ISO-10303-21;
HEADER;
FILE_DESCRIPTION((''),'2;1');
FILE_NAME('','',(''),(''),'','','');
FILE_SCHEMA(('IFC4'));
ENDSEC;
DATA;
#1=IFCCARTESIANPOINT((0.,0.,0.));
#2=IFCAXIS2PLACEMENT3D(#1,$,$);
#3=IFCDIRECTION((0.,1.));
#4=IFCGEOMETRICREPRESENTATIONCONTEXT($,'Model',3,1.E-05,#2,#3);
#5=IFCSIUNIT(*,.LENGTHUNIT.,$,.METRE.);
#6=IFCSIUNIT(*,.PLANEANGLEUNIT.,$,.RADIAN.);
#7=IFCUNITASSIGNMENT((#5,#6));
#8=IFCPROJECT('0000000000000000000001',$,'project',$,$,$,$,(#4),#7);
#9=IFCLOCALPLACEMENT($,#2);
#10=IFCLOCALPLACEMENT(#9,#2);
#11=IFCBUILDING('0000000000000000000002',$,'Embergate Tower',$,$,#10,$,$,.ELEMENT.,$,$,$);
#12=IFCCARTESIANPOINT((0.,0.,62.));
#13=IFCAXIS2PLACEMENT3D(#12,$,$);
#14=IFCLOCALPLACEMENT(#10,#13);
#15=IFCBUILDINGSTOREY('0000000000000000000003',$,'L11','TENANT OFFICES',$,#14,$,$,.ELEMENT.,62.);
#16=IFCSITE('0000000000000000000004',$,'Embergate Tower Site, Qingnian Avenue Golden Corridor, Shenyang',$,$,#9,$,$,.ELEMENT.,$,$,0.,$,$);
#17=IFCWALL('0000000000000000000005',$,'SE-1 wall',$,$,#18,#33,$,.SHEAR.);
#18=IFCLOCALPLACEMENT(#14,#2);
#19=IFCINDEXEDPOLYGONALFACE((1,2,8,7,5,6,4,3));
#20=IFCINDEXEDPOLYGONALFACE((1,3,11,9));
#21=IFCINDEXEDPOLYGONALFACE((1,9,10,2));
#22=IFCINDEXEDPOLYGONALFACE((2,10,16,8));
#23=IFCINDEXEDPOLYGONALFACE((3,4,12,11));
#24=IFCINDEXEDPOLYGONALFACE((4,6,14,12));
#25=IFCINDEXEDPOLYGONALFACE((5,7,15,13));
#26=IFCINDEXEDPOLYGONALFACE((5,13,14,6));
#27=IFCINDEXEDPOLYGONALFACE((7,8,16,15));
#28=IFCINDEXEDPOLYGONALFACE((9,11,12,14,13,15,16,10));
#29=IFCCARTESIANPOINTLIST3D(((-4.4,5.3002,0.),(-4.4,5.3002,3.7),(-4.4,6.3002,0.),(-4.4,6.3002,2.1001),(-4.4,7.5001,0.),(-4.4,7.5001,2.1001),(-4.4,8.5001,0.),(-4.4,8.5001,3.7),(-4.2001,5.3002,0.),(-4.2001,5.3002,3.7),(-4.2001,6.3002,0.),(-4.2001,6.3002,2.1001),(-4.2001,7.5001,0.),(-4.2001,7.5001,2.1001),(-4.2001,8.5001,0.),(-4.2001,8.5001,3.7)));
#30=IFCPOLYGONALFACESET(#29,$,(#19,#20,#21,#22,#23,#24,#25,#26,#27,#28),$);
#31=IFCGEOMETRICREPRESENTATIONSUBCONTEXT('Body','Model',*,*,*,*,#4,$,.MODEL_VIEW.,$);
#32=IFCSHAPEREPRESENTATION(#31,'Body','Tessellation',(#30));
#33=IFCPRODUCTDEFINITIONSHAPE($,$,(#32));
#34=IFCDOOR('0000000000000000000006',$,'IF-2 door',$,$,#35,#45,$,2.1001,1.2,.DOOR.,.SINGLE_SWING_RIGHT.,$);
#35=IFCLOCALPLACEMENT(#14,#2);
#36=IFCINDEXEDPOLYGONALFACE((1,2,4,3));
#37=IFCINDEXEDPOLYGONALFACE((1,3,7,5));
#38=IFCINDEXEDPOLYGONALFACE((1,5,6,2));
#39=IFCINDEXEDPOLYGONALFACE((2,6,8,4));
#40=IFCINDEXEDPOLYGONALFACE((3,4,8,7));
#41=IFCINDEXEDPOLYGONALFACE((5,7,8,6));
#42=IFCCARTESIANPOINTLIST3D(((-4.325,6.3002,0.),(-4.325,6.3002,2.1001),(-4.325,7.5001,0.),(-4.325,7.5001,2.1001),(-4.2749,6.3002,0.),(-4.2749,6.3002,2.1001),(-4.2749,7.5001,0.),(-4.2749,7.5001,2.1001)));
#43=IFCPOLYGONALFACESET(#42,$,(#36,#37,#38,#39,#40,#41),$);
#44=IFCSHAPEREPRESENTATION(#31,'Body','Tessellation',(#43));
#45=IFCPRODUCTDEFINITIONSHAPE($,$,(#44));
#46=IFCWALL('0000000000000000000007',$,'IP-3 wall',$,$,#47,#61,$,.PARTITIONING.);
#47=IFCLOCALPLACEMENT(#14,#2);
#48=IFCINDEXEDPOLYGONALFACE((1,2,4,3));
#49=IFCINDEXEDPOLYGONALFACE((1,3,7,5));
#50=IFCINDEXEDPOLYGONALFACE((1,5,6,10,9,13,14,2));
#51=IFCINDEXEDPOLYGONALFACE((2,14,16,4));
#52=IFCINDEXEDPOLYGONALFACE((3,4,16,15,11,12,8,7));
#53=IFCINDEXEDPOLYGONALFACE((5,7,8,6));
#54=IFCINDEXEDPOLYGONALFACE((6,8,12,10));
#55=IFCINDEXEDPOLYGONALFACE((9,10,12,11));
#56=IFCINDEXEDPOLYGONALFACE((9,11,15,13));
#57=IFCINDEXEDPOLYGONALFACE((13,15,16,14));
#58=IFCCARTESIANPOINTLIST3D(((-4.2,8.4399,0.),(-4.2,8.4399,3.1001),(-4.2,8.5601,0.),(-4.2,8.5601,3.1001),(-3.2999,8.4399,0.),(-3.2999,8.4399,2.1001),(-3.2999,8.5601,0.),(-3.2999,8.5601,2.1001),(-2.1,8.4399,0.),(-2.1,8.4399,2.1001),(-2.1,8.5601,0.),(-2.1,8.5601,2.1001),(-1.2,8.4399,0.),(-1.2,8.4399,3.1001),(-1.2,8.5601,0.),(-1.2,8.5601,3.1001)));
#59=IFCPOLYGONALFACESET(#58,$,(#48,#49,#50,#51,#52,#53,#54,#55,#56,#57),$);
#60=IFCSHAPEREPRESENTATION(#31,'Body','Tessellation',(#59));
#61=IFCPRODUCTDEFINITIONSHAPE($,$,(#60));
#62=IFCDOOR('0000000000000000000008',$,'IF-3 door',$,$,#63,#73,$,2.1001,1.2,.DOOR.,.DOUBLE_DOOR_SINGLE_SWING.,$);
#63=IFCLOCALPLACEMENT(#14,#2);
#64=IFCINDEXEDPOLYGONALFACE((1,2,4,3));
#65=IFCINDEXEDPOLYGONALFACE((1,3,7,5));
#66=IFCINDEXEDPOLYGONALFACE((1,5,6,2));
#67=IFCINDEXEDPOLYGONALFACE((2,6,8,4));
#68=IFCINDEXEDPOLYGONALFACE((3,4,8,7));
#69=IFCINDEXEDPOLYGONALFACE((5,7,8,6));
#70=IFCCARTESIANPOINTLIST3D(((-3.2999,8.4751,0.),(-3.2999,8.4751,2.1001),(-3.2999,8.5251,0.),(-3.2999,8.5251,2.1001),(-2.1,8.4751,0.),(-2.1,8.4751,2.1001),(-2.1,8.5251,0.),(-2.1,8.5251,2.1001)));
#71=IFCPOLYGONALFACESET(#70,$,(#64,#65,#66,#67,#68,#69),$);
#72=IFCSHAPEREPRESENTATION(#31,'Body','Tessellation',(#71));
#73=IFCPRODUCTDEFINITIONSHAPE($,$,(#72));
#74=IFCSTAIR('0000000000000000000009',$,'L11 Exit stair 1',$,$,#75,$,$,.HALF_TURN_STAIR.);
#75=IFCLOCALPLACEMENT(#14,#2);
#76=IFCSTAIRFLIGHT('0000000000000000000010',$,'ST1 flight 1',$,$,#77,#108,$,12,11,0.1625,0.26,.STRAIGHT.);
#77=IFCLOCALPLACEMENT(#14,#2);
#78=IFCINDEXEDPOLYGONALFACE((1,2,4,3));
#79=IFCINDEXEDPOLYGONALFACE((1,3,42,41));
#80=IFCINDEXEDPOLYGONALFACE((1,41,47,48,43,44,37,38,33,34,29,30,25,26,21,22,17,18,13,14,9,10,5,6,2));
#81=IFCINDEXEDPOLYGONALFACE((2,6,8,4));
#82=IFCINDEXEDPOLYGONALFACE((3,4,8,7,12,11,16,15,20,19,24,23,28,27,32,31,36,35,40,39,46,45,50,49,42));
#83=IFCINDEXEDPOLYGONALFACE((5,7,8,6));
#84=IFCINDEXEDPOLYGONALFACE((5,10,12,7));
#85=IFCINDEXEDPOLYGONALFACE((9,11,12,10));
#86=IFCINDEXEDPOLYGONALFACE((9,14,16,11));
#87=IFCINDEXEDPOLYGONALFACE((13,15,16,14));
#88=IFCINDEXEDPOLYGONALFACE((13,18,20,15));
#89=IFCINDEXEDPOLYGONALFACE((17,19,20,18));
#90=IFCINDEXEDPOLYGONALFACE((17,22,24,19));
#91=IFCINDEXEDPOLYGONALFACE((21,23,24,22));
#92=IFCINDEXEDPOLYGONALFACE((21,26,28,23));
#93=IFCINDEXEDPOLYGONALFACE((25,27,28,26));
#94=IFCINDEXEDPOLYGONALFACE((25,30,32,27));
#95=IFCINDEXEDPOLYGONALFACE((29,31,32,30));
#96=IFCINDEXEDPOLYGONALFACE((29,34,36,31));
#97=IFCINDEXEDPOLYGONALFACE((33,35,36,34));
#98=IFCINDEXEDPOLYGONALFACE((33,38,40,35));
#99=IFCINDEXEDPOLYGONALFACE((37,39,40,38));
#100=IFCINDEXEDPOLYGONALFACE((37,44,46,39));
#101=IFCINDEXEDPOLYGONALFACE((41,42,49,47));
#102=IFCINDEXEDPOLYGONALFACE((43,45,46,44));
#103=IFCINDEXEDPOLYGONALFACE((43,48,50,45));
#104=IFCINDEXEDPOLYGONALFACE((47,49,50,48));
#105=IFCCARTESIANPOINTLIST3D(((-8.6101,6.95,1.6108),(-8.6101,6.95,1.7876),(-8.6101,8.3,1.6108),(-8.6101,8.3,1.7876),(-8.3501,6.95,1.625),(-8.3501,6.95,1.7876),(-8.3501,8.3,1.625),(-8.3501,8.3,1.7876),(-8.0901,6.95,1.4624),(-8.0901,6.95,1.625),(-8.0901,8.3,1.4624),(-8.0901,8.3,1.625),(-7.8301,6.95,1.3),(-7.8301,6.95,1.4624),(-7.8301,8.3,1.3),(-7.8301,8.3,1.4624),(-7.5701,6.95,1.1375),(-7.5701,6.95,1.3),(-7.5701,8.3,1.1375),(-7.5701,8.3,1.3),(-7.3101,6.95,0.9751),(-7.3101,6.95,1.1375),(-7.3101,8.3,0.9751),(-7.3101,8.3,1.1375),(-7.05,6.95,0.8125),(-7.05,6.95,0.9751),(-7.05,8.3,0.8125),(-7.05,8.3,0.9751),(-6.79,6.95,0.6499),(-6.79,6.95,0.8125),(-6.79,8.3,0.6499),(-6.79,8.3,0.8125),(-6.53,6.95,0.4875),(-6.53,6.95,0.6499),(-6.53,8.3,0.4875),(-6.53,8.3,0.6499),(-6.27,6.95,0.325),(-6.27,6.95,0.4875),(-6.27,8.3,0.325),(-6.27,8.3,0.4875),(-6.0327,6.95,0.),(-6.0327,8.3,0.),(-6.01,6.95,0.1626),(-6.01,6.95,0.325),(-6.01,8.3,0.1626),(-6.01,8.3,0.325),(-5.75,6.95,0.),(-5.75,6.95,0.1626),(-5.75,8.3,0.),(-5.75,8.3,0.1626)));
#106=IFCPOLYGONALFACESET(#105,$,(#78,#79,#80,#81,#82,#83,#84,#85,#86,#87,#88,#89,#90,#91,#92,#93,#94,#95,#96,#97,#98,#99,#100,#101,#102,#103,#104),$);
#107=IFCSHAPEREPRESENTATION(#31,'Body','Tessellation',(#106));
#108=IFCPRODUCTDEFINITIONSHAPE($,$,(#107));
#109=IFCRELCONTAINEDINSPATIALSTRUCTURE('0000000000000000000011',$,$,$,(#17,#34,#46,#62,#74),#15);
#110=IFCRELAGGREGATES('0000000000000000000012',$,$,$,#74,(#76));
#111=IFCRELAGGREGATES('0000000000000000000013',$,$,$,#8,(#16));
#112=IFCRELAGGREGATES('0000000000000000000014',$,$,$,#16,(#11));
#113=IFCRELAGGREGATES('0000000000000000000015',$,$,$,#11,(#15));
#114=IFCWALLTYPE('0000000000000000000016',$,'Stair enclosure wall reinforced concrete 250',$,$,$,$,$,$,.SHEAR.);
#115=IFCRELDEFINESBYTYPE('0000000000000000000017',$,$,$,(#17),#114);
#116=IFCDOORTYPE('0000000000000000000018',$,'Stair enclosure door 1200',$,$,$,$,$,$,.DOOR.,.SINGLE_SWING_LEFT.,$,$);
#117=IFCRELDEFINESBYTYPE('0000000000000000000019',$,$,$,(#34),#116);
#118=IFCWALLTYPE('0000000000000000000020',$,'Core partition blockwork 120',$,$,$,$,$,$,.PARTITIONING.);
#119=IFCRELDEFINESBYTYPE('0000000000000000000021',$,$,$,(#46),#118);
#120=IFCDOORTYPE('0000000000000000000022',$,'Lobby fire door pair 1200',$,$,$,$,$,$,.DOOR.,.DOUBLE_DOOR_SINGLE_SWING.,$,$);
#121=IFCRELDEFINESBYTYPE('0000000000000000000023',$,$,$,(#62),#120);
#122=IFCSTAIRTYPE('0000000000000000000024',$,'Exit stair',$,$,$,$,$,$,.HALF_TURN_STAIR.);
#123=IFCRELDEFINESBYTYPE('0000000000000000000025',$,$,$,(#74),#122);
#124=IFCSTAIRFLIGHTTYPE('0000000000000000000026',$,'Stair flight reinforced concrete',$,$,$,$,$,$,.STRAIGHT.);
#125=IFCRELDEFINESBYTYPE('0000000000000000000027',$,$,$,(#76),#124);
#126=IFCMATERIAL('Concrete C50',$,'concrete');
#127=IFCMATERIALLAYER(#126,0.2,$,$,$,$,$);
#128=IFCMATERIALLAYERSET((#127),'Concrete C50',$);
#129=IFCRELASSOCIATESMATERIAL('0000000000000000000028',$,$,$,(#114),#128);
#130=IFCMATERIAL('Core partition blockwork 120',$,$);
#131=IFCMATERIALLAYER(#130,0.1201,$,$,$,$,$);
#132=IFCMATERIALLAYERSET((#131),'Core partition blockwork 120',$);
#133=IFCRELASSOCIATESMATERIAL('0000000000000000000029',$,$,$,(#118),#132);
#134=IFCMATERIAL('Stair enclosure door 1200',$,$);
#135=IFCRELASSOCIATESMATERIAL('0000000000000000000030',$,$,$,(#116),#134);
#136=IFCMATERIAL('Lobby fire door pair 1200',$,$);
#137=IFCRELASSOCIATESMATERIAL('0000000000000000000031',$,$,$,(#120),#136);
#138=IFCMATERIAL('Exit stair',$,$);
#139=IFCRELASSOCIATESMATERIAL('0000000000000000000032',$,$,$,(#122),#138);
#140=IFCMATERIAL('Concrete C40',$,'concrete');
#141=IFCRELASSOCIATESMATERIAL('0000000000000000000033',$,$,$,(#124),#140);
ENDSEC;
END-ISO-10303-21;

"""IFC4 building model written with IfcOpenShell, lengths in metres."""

from ifc_helpers import new_model, si_unit, direction, frame, frame_2d, origin, place, context, subcontext, project, spatial, polyline, rectangle, outline, extrude, source, transform, mapped, material, layer, layer_set, type_object, element, fill, aggregate, save


model = new_model("IFC4")

# Units and contexts
model_context = context("Model", 3, precision=1e-05, world=origin(), true_north=direction((0.0, 1.0)))
body_context = subcontext(model_context, "Body", "Model", "MODEL_VIEW")
ifc_project = project(units=[si_unit("LENGTHUNIT", "METRE"), si_unit("PLANEANGLEUNIT", "RADIAN")], contexts=[model_context])

# Site, building, storey
site_placement = place(None, origin())
site = spatial("IfcSite", under=ifc_project, at=site_placement, Name="Embergate Tower Site, Qingnian Avenue Golden Corridor, Shenyang", CompositionType="ELEMENT", RefElevation=0.0)
building_placement = place(site_placement, origin())
building = spatial("IfcBuilding", under=site, at=building_placement, Name="Embergate Tower", CompositionType="ELEMENT")
storey_placement = place(building_placement, frame((0.0, 0.0, 62.0)))
storey = spatial("IfcBuildingStorey", under=building, at=storey_placement, Name="L11", Description="TENANT OFFICES", CompositionType="ELEMENT", Elevation=62.0)

# Shared definitions
ifc_material_1 = material(Name="Concrete C50", Category="concrete")

# Shared definitions
ifc_layer_1 = layer(ifc_material_1, 0.2)
ifc_layer_set_1 = layer_set([ifc_layer_1], Name="Concrete C50")
wall_type_1 = type_object("IfcWallType", Name="Stair enclosure wall reinforced concrete 250", PredefinedType="SHEAR", material=ifc_layer_set_1)

# Walls, openings, doors
ifc_material_2 = material(Name="Core partition blockwork 120")
ifc_layer_2 = layer(ifc_material_2, 0.1201)
ifc_layer_set_2 = layer_set([ifc_layer_2], Name="Core partition blockwork 120")
wall_type_2 = type_object("IfcWallType", Name="Core partition blockwork 120", PredefinedType="PARTITIONING", material=ifc_layer_set_2)
shared_shape_1 = source(origin(), body_context, "Body", "SweptSolid", [
    extrude(rectangle(XDim=3.2, YDim=0.2, at=frame_2d((1.6001, 0.0))), origin(), (0.0, 0.0, 1.0), 3.7),
])
wall_1_placement = place(storey_placement, frame((-4.3, 5.3, 0.0), z_axis=(0.0, 0.0, 1.0), x_axis=(0.0, 1.0, 0.0)))
wall_1 = element("IfcWall", 1, at=wall_1_placement, inside=storey, type_object=wall_type_1, Name="SE-1 wall", PredefinedType="SHEAR", context=body_context, shape_type="MappedRepresentation", body=[
    mapped(shared_shape_1, transform((0.0, 0.0, 0.0))),
])
shared_shape_2 = source(origin(), body_context, "Body", "SweptSolid", [
    extrude(rectangle(XDim=1.2, YDim=2.1001, at=frame_2d((0.6001, 1.05))), frame((0.0, 0.1099, 0.0), z_axis=(0.0, -1.0, 0.0), x_axis=(1.0, 0.0, 0.0)), (0.0, 0.0, 1.0), 0.22),
])
opening_1_placement = place(wall_1_placement, frame((1.0, 0.0, 0.0)))
opening_1 = element("IfcOpeningElement", 2, at=opening_1_placement, cuts=wall_1, PredefinedType="OPENING", context=body_context, shape_type="MappedRepresentation", body=[
    mapped(shared_shape_2, transform((0.0, 0.0, 0.0))),
])
ifc_material_3 = material(Name="Stair enclosure door 1200")
door_type_1 = type_object("IfcDoorType", Name="Stair enclosure door 1200", OperationType="SINGLE_SWING_LEFT", PredefinedType="DOOR", material=ifc_material_3)
shared_shape_3 = source(origin(), body_context, "Body", "SweptSolid", [
    extrude(rectangle(XDim=1.2, YDim=2.1001, at=frame_2d((0.6001, 1.05))), frame((0.0, 0.0249, 0.0), z_axis=(0.0, -1.0, 0.0), x_axis=(1.0, 0.0, 0.0)), (0.0, 0.0, 1.0), 0.05),
])
door_1_placement = place(opening_1_placement, origin())
door_1 = element("IfcDoor", 3, at=door_1_placement, inside=storey, type_object=door_type_1, Name="IF-2 door", OperationType="SINGLE_SWING_RIGHT", OverallHeight=2.1001, OverallWidth=1.2, PredefinedType="DOOR", context=body_context, shape_type="MappedRepresentation", body=[
    mapped(shared_shape_3, transform((0.0, 0.0, 0.0))),
])
fill(opening_1, door_1)
shared_shape_4 = source(origin(), body_context, "Body", "SweptSolid", [
    extrude(rectangle(XDim=3.0, YDim=0.1201, at=frame_2d((1.5, 0.0))), origin(), (0.0, 0.0, 1.0), 3.1001),
])
wall_2_placement = place(storey_placement, frame((-1.2, 8.5, 0.0), z_axis=(0.0, 0.0, 1.0), x_axis=(-1.0, 0.0, 0.0)))
wall_2 = element("IfcWall", 4, at=wall_2_placement, inside=storey, type_object=wall_type_2, Name="IP-3 wall", PredefinedType="PARTITIONING", context=body_context, shape_type="MappedRepresentation", body=[
    mapped(shared_shape_4, transform((0.0, 0.0, 0.0))),
])
shared_shape_5 = source(origin(), body_context, "Body", "SweptSolid", [
    extrude(rectangle(XDim=1.2, YDim=2.1001, at=frame_2d((0.6001, 1.05))), frame((0.0, 0.0701, 0.0), z_axis=(0.0, -1.0, 0.0), x_axis=(1.0, 0.0, 0.0)), (0.0, 0.0, 1.0), 0.1401),
])
opening_2_placement = place(wall_2_placement, frame((0.8999, 0.0, 0.0)))
opening_2 = element("IfcOpeningElement", 5, at=opening_2_placement, cuts=wall_2, PredefinedType="OPENING", context=body_context, shape_type="MappedRepresentation", body=[
    mapped(shared_shape_5, transform((0.0, 0.0, 0.0))),
])
ifc_material_4 = material(Name="Lobby fire door pair 1200")
door_type_2 = type_object("IfcDoorType", Name="Lobby fire door pair 1200", OperationType="DOUBLE_DOOR_SINGLE_SWING", PredefinedType="DOOR", material=ifc_material_4)
door_2_placement = place(opening_2_placement, origin())
door_2 = element("IfcDoor", 6, at=door_2_placement, inside=storey, type_object=door_type_2, Name="IF-3 door", OperationType="DOUBLE_DOOR_SINGLE_SWING", OverallHeight=2.1001, OverallWidth=1.2, PredefinedType="DOOR", context=body_context, shape_type="MappedRepresentation", body=[
    mapped(shared_shape_3, transform((0.0, 0.0, 0.0))),
])
fill(opening_2, door_2)

# Stair, stair flight
ifc_material_5 = material(Name="Exit stair")
stair_type = type_object("IfcStairType", Name="Exit stair", PredefinedType="HALF_TURN_STAIR", material=ifc_material_5)
stair_placement = place(storey_placement, origin())
stair = element("IfcStair", 7, at=stair_placement, inside=storey, type_object=stair_type, Name="L11 Exit stair 1", PredefinedType="HALF_TURN_STAIR")
ifc_material_6 = material(Name="Concrete C40", Category="concrete")
stair_flight_type = type_object("IfcStairFlightType", Name="Stair flight reinforced concrete", PredefinedType="STRAIGHT", material=ifc_material_6)
shared_shape_6 = source(origin(), body_context, "Body", "SweptSolid", [
    extrude(outline(polyline([(0.0, 0.0), (0.0, 0.1626), (0.26, 0.1626), (0.26, 0.325), (0.52, 0.325), (0.52, 0.4875), (0.78, 0.4875), (0.78, 0.6499), (1.04, 0.6499), (1.04, 0.8125), (1.3, 0.8125), (1.3, 0.9751), (1.5601, 0.9751), (1.5601, 1.1375), (1.8201, 1.1375), (1.8201, 1.3), (2.0801, 1.3), (2.0801, 1.4624), (2.3401, 1.4624), (2.3401, 1.625), (2.6001, 1.625), (2.6001, 1.7876), (2.8601, 1.7876), (2.8601, 1.95), (2.8601, 1.6108), (0.2827, 0.0), (0.0, 0.0)])), frame((0.0, 0.675, 0.0), z_axis=(0.0, -1.0, 0.0), x_axis=(1.0, 0.0, 0.0)), (0.0, 0.0, 1.0), 1.3501),
])
stair_flight_placement = place(storey_placement, frame((-5.75, 7.625, 0.0), z_axis=(0.0, 0.0, 1.0), x_axis=(-1.0, 0.0, 0.0)))
stair_flight = element("IfcStairFlight", 8, at=stair_flight_placement, type_object=stair_flight_type, Name="ST1 flight 1", NumberOfRisers=12, NumberOfTreads=11, PredefinedType="STRAIGHT", RiserHeight=0.1625, TreadLength=0.26, context=body_context, shape_type="MappedRepresentation", body=[
    mapped(shared_shape_6, transform((0.0, 0.0, 0.0))),
])
aggregate(stair, [stair_flight])

save(model, "model.ifc")
